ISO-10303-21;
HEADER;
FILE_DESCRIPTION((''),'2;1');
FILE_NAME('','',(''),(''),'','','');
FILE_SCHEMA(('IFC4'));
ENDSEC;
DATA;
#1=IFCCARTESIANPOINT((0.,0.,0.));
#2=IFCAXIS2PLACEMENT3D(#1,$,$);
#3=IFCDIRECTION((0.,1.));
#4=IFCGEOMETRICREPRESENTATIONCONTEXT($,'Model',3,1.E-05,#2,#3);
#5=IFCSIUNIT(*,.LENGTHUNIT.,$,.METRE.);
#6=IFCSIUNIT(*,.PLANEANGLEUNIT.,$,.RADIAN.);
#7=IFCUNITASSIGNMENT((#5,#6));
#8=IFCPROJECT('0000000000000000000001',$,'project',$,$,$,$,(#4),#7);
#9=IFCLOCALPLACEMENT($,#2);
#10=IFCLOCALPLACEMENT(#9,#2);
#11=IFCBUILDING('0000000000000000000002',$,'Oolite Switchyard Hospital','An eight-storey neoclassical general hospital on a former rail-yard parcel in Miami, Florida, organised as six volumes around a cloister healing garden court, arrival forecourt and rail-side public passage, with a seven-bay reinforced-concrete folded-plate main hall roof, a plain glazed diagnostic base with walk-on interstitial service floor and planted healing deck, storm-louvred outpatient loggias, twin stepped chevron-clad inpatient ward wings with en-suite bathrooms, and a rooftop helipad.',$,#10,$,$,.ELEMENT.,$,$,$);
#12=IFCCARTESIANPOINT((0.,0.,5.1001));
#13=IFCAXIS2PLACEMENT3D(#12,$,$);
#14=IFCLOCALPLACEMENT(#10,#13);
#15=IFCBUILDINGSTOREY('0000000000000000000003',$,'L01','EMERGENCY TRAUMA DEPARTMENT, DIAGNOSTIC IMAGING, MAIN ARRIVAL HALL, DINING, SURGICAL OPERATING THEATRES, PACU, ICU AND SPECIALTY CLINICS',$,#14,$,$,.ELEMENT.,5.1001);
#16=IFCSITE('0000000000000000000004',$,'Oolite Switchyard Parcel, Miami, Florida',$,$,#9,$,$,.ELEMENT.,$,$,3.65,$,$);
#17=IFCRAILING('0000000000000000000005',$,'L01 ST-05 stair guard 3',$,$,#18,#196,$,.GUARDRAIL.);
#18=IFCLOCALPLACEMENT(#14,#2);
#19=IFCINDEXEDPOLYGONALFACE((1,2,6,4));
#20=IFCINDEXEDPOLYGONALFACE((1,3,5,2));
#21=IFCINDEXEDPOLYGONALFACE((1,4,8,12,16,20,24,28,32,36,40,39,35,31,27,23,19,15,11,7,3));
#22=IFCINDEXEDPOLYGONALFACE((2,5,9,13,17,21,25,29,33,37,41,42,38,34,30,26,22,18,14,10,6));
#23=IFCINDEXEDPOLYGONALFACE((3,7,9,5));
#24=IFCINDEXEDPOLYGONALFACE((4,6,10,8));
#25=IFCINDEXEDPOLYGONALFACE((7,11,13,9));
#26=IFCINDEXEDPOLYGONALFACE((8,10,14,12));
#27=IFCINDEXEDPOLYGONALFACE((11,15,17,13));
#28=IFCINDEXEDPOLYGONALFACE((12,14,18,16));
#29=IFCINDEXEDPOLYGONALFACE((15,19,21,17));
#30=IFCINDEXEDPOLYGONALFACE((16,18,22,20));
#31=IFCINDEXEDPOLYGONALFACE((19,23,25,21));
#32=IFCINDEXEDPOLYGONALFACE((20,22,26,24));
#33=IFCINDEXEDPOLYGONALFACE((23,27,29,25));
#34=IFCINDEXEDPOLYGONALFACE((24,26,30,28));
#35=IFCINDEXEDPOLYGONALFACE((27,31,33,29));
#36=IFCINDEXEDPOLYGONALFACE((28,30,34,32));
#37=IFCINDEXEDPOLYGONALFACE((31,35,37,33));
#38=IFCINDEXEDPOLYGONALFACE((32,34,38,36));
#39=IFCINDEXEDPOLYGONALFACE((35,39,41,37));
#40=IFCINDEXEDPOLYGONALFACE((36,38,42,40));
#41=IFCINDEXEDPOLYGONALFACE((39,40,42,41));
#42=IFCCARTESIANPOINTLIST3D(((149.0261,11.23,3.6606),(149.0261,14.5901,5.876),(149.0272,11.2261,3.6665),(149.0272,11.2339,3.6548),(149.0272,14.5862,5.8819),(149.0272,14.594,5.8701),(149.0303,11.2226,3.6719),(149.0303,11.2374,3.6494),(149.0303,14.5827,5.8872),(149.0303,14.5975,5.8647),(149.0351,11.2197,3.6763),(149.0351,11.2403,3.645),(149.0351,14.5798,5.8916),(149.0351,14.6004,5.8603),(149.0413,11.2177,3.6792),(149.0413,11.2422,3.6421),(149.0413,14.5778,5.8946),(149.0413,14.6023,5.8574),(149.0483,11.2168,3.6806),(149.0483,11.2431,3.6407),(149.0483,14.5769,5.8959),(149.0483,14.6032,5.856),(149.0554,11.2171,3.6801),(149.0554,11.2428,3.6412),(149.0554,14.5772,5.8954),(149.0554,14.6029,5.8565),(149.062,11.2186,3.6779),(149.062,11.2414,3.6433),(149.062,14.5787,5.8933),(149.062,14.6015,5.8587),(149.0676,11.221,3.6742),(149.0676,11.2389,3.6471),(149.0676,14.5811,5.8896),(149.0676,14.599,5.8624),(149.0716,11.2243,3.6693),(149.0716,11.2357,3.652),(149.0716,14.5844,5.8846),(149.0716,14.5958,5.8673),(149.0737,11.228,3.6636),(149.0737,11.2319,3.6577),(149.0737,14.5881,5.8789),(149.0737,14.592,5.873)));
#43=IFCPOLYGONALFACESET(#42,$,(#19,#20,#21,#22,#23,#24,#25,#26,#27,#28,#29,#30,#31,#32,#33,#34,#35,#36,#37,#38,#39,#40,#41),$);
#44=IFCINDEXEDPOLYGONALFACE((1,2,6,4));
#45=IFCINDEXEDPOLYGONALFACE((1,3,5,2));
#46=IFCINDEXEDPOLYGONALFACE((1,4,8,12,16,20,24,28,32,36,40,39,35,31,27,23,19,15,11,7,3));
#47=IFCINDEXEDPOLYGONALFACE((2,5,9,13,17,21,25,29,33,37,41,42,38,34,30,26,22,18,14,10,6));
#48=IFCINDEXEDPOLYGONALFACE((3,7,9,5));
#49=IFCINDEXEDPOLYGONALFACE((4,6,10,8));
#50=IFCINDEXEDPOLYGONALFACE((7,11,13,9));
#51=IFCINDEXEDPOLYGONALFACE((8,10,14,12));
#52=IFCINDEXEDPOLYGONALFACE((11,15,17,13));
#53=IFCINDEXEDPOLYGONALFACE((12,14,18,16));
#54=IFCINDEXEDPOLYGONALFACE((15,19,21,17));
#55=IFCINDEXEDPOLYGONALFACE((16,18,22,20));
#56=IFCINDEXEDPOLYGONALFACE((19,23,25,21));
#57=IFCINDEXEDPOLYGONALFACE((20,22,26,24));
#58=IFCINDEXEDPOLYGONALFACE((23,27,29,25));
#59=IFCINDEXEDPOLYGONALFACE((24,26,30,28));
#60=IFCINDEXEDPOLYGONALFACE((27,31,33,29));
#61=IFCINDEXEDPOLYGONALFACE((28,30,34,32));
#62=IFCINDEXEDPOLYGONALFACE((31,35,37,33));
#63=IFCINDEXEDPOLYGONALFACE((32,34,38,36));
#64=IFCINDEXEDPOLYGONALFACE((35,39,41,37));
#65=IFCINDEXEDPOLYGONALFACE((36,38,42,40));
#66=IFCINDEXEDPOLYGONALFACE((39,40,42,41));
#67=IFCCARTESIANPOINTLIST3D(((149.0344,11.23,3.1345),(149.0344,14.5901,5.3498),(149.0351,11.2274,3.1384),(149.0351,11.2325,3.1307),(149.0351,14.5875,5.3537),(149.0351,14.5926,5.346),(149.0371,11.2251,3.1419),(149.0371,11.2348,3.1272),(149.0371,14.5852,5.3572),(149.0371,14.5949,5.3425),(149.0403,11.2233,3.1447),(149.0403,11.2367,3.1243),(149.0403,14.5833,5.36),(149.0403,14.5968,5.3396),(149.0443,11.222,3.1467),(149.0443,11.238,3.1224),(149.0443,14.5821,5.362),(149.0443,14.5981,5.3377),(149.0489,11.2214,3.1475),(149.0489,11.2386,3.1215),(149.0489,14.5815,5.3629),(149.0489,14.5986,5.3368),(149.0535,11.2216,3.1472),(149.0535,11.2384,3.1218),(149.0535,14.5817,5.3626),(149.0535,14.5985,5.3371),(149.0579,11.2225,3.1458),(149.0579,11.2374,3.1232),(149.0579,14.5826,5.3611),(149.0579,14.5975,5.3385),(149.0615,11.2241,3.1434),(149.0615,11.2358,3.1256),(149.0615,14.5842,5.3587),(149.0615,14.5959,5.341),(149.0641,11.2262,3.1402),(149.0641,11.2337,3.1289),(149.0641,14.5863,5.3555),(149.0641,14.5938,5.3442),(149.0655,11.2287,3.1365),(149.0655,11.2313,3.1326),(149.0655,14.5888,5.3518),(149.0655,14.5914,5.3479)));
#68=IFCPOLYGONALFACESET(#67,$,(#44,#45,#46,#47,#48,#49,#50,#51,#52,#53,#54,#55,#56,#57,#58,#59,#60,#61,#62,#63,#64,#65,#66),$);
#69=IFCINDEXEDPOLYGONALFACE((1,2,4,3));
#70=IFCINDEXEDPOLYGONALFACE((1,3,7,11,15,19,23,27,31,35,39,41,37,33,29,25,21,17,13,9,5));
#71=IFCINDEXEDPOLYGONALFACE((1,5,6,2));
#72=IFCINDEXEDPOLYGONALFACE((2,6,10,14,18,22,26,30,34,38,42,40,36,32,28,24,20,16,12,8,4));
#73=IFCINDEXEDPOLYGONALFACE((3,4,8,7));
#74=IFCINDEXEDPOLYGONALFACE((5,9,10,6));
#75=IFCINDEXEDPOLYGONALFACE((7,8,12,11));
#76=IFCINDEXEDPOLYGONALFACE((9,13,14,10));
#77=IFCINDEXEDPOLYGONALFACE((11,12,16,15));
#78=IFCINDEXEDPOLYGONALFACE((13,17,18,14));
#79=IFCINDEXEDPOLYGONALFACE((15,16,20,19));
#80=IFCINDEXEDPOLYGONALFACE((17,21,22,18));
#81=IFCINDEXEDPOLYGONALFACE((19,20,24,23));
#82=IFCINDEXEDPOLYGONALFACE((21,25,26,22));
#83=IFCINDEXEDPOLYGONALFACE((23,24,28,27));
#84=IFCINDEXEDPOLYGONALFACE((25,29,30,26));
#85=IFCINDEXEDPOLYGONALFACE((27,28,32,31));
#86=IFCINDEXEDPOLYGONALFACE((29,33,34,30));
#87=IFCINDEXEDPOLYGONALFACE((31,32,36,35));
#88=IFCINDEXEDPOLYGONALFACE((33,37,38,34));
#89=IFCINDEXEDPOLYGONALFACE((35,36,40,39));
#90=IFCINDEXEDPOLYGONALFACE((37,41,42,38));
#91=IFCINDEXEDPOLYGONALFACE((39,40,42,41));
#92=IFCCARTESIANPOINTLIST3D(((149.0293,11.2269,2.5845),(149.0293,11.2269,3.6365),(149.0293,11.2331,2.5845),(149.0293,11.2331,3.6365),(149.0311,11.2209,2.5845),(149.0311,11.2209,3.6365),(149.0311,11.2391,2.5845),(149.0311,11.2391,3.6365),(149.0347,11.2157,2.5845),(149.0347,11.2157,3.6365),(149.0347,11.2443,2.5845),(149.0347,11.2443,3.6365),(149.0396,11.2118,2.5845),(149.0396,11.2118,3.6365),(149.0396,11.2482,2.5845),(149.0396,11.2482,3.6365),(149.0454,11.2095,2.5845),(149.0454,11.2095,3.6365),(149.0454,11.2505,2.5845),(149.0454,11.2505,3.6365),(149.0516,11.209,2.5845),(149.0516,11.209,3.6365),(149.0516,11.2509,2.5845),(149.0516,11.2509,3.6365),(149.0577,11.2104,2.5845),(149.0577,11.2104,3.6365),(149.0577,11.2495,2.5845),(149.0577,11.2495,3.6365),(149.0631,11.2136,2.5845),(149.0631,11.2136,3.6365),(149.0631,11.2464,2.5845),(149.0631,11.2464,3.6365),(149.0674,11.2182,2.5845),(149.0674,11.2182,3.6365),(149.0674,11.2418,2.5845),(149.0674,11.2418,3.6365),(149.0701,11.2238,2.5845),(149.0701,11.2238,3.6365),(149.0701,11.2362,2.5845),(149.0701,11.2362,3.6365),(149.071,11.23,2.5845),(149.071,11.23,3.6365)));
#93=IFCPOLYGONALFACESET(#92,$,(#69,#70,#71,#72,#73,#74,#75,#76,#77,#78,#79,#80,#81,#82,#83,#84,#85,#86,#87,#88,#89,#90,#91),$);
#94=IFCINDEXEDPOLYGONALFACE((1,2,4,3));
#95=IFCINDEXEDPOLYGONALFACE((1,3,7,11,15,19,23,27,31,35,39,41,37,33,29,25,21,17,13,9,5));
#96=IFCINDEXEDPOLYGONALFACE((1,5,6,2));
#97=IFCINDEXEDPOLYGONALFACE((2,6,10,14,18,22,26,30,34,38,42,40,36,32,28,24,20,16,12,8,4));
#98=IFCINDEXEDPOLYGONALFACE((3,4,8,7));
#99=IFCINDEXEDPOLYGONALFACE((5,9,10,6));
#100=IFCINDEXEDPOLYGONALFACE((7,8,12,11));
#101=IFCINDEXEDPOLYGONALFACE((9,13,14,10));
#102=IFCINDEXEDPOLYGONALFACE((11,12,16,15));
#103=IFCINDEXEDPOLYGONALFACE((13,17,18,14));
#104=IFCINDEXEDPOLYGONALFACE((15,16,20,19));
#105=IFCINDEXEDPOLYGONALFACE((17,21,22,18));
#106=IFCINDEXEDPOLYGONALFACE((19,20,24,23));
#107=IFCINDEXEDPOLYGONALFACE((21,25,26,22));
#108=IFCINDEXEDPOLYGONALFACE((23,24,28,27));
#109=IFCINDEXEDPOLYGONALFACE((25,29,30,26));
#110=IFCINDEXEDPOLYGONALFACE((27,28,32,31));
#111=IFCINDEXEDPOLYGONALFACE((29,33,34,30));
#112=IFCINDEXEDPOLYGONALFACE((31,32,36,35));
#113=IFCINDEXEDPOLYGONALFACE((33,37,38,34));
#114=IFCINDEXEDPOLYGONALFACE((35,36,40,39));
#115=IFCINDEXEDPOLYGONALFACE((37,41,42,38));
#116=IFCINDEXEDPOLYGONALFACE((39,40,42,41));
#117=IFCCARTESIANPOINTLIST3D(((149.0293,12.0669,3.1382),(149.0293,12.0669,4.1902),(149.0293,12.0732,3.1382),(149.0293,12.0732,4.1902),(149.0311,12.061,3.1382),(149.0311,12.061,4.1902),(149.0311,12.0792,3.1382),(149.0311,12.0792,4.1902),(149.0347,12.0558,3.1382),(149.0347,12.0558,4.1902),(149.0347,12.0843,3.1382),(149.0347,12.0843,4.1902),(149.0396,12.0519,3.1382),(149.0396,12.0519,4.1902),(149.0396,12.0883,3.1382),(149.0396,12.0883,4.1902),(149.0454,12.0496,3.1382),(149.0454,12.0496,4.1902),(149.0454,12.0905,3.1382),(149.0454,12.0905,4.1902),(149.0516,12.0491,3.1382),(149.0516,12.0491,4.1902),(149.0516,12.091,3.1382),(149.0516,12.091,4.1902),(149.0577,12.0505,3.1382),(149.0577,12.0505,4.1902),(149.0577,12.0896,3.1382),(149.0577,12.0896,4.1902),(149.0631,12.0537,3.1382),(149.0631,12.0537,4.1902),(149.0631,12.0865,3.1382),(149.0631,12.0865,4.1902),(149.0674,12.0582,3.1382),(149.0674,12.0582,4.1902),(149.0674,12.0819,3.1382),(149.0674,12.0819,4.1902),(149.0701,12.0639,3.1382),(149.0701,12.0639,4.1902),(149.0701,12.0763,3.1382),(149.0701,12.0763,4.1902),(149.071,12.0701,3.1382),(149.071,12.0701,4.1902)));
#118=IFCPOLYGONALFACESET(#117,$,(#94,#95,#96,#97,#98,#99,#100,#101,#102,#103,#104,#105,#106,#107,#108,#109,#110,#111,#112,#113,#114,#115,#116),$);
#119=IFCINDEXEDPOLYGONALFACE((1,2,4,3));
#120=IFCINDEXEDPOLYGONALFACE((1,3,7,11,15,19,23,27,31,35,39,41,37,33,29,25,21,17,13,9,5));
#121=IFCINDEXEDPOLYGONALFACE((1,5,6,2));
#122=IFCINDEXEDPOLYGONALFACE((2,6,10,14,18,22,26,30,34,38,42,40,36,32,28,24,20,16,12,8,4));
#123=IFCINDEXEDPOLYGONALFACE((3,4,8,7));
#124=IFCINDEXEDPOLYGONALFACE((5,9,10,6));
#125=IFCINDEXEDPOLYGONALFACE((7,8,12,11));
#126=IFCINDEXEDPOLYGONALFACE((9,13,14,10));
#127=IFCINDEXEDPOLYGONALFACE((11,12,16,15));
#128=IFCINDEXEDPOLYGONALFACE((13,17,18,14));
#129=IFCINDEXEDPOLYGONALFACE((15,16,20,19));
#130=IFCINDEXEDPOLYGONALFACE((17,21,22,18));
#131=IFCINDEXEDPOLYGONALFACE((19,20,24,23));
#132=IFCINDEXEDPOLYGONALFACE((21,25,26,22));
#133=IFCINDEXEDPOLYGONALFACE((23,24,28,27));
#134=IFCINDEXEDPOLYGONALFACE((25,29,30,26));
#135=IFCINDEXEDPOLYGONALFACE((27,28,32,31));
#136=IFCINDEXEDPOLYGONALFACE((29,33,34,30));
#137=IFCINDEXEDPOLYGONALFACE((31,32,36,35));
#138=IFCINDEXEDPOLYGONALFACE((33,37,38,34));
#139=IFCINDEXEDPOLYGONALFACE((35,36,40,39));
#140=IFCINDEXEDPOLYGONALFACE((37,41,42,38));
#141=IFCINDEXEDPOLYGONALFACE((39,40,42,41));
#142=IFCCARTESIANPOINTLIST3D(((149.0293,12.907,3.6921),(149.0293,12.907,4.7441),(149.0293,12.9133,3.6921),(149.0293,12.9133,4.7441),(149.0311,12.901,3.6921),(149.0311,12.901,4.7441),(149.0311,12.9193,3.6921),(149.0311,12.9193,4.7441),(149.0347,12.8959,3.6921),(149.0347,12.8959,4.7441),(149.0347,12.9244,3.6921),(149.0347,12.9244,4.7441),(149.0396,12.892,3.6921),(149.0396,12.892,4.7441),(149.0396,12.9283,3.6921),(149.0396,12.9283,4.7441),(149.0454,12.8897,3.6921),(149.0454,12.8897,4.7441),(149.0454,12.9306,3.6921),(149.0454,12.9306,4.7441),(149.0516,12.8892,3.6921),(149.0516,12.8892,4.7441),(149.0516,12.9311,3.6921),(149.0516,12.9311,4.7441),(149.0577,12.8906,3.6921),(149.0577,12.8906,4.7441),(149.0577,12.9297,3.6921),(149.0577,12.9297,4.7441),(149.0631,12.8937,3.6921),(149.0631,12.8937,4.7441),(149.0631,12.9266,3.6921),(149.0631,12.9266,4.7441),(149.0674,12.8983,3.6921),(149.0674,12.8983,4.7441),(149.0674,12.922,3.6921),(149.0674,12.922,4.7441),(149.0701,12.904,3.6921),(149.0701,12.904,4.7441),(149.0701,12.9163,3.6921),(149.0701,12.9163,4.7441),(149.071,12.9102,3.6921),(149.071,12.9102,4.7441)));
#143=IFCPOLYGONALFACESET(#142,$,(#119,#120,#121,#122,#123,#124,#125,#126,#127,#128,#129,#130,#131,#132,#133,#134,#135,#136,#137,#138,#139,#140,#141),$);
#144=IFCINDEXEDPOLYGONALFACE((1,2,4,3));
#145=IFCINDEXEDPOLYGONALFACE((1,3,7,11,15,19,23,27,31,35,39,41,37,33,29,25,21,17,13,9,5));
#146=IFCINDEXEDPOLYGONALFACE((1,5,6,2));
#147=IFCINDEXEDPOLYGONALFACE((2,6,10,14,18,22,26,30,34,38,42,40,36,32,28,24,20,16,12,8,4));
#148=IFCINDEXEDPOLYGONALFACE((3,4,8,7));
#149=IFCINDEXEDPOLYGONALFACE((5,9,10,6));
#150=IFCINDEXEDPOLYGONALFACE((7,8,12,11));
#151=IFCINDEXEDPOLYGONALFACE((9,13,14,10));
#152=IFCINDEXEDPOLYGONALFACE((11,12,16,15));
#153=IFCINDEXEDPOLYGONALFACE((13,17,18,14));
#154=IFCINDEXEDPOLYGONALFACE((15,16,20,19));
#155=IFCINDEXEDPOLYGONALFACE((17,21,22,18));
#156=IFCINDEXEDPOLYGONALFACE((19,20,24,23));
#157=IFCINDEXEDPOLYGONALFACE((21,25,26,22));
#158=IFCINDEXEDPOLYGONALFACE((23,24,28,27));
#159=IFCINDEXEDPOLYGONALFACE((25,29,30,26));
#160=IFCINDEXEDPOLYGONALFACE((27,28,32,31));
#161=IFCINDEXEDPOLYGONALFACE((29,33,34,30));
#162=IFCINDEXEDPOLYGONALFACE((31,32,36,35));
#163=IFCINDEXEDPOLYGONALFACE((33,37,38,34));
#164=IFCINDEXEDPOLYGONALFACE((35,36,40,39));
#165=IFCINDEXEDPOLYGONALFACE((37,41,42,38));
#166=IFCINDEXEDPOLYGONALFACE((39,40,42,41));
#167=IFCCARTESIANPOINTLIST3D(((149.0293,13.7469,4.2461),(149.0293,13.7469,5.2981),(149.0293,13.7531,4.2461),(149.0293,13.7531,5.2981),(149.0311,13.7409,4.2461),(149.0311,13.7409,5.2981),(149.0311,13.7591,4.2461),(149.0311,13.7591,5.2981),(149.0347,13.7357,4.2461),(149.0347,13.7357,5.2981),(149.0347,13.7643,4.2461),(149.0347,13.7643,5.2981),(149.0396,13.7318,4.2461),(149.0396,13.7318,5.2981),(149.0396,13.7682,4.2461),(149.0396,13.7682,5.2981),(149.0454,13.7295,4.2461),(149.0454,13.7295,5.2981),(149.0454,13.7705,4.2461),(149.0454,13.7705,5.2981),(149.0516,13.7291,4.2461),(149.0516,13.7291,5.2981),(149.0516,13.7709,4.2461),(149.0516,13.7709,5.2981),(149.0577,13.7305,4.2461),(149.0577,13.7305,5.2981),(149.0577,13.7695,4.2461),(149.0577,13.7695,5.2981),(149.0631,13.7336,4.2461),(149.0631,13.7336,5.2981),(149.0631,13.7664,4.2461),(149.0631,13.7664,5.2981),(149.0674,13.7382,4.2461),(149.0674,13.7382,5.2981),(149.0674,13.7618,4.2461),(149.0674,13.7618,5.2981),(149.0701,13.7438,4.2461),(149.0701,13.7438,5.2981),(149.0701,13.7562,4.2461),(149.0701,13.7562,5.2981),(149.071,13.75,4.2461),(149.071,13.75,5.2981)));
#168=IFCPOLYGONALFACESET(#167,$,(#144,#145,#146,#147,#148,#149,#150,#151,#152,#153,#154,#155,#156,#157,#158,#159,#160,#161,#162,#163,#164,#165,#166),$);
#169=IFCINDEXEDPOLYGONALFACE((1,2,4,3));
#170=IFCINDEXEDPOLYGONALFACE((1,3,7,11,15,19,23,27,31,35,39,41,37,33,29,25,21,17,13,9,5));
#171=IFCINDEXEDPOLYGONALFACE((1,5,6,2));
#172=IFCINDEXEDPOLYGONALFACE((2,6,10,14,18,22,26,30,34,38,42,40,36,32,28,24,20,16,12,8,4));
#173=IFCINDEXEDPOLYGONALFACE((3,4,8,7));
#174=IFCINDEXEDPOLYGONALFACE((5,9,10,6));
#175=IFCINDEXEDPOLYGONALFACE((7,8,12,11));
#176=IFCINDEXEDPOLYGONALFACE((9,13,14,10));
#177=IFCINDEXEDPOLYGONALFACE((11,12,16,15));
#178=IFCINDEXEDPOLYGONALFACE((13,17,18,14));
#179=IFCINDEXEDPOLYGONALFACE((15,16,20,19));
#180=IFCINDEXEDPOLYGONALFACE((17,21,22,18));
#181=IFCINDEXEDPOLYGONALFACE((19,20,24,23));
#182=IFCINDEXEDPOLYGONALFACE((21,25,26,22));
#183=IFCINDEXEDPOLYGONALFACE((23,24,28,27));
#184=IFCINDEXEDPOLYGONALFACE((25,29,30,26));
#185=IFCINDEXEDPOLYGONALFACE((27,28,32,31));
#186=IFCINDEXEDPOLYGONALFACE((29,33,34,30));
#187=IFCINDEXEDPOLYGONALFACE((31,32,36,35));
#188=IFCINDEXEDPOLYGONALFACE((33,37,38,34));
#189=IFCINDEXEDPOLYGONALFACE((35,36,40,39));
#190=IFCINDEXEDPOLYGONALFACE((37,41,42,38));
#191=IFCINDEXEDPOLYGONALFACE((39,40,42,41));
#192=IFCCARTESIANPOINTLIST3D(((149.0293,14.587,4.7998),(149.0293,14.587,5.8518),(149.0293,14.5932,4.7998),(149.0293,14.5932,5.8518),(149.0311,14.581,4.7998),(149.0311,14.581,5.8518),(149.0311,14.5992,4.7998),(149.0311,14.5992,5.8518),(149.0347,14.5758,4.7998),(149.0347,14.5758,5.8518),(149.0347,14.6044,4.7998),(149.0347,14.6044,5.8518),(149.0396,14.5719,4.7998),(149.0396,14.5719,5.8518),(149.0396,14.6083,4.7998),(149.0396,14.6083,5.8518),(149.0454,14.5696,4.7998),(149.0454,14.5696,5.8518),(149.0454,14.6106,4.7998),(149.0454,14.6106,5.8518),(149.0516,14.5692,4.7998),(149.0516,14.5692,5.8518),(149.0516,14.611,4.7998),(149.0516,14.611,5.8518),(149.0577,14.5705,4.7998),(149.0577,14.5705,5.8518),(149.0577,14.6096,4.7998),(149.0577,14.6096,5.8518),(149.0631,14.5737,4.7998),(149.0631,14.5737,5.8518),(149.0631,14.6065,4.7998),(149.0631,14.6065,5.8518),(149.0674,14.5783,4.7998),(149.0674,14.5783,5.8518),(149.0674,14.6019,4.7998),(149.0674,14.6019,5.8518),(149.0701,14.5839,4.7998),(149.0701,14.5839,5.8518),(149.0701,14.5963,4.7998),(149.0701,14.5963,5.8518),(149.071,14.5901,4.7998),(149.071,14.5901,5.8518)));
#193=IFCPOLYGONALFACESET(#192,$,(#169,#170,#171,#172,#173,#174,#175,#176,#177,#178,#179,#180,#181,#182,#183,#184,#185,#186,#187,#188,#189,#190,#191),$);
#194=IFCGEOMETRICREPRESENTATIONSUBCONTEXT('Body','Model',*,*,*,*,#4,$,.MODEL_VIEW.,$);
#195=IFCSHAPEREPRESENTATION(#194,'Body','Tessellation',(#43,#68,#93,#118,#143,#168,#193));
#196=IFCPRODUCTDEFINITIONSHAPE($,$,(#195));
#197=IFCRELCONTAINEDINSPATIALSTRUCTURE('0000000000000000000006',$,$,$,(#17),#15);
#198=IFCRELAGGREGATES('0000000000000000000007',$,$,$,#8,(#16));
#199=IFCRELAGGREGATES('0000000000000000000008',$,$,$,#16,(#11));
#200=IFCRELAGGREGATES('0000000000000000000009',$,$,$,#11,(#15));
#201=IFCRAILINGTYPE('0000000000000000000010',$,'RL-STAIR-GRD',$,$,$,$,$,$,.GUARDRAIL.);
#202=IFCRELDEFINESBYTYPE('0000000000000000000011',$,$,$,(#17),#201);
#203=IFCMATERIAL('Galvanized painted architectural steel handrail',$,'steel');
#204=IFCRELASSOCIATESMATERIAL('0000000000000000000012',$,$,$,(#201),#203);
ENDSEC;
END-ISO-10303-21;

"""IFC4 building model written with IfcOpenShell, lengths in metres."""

from ifc_helpers import new_model, si_unit, direction, frame, origin, origin_2d, place, context, subcontext, project, spatial, circle, extrude, material, type_object, element, save


model = new_model("IFC4")

# Units and contexts
model_context = context("Model", 3, precision=1e-05, world=origin(), true_north=direction((0.0, 1.0)))
body_context = subcontext(model_context, "Body", "Model", "MODEL_VIEW")
ifc_project = project(units=[si_unit("LENGTHUNIT", "METRE"), si_unit("PLANEANGLEUNIT", "RADIAN")], contexts=[model_context])

# Site, building, storey
site_placement = place(None, origin())
site = spatial("IfcSite", under=ifc_project, at=site_placement, Name="Oolite Switchyard Parcel, Miami, Florida", CompositionType="ELEMENT", RefElevation=3.65)
building_placement = place(site_placement, origin())
building = spatial("IfcBuilding", under=site, at=building_placement, Name="Oolite Switchyard Hospital", Description="An eight-storey neoclassical general hospital on a former rail-yard parcel in Miami, Florida, organised as six volumes around a cloister healing garden court, arrival forecourt and rail-side public passage, with a seven-bay reinforced-concrete folded-plate main hall roof, a plain glazed diagnostic base with walk-on interstitial service floor and planted healing deck, storm-louvred outpatient loggias, twin stepped chevron-clad inpatient ward wings with en-suite bathrooms, and a rooftop helipad.", CompositionType="ELEMENT")
storey_placement = place(building_placement, frame((0.0, 0.0, 5.1001)))
storey = spatial("IfcBuildingStorey", under=building, at=storey_placement, Name="L01", Description="EMERGENCY TRAUMA DEPARTMENT, DIAGNOSTIC IMAGING, MAIN ARRIVAL HALL, DINING, SURGICAL OPERATING THEATRES, PACU, ICU AND SPECIALTY CLINICS", CompositionType="ELEMENT", Elevation=5.1001)

# Railing
ifc_material_1 = material(Name="Galvanized painted architectural steel handrail", Category="steel")
railing_type_1 = type_object("IfcRailingType", Name="RL-STAIR-GRD", PredefinedType="GUARDRAIL", material=ifc_material_1)
railing_1_placement = place(storey_placement, frame((149.05, 11.23, 2.5845)))
element("IfcRailing", 1, at=railing_1_placement, inside=storey, type_object=railing_type_1, Name="L01 ST-05 stair guard 3", PredefinedType="GUARDRAIL", context=body_context, shape_type="SweptSolid", body=[
    extrude(circle(Radius=0.0239, at=origin_2d()), frame((0.0, 0.0, 1.0762), z_axis=(0.0, 0.834876, 0.550437), x_axis=(-1.0, 0.0, 0.0)), (0.0, 0.0, 1.0), 4.0247),
    extrude(circle(Radius=0.0156, at=origin_2d()), frame((0.0, 0.0, 0.55), z_axis=(0.0, 0.834876, 0.550437), x_axis=(-1.0, 0.0, 0.0)), (0.0, 0.0, 1.0), 4.0247),
    extrude(circle(Radius=0.021, at=origin_2d()), origin(), (0.0, 0.0, 1.0), 1.052),
    extrude(circle(Radius=0.021, at=origin_2d()), frame((0.0, 0.8401, 0.5537)), (0.0, 0.0, 1.0), 1.052),
    extrude(circle(Radius=0.021, at=origin_2d()), frame((0.0, 1.6802, 1.1077)), (0.0, 0.0, 1.0), 1.052),
    extrude(circle(Radius=0.021, at=origin_2d()), frame((0.0, 2.52, 1.6616)), (0.0, 0.0, 1.0), 1.052),
    extrude(circle(Radius=0.021, at=origin_2d()), frame((0.0, 3.3601, 2.2153)), (0.0, 0.0, 1.0), 1.052),
])

save(model, "model.ifc")
